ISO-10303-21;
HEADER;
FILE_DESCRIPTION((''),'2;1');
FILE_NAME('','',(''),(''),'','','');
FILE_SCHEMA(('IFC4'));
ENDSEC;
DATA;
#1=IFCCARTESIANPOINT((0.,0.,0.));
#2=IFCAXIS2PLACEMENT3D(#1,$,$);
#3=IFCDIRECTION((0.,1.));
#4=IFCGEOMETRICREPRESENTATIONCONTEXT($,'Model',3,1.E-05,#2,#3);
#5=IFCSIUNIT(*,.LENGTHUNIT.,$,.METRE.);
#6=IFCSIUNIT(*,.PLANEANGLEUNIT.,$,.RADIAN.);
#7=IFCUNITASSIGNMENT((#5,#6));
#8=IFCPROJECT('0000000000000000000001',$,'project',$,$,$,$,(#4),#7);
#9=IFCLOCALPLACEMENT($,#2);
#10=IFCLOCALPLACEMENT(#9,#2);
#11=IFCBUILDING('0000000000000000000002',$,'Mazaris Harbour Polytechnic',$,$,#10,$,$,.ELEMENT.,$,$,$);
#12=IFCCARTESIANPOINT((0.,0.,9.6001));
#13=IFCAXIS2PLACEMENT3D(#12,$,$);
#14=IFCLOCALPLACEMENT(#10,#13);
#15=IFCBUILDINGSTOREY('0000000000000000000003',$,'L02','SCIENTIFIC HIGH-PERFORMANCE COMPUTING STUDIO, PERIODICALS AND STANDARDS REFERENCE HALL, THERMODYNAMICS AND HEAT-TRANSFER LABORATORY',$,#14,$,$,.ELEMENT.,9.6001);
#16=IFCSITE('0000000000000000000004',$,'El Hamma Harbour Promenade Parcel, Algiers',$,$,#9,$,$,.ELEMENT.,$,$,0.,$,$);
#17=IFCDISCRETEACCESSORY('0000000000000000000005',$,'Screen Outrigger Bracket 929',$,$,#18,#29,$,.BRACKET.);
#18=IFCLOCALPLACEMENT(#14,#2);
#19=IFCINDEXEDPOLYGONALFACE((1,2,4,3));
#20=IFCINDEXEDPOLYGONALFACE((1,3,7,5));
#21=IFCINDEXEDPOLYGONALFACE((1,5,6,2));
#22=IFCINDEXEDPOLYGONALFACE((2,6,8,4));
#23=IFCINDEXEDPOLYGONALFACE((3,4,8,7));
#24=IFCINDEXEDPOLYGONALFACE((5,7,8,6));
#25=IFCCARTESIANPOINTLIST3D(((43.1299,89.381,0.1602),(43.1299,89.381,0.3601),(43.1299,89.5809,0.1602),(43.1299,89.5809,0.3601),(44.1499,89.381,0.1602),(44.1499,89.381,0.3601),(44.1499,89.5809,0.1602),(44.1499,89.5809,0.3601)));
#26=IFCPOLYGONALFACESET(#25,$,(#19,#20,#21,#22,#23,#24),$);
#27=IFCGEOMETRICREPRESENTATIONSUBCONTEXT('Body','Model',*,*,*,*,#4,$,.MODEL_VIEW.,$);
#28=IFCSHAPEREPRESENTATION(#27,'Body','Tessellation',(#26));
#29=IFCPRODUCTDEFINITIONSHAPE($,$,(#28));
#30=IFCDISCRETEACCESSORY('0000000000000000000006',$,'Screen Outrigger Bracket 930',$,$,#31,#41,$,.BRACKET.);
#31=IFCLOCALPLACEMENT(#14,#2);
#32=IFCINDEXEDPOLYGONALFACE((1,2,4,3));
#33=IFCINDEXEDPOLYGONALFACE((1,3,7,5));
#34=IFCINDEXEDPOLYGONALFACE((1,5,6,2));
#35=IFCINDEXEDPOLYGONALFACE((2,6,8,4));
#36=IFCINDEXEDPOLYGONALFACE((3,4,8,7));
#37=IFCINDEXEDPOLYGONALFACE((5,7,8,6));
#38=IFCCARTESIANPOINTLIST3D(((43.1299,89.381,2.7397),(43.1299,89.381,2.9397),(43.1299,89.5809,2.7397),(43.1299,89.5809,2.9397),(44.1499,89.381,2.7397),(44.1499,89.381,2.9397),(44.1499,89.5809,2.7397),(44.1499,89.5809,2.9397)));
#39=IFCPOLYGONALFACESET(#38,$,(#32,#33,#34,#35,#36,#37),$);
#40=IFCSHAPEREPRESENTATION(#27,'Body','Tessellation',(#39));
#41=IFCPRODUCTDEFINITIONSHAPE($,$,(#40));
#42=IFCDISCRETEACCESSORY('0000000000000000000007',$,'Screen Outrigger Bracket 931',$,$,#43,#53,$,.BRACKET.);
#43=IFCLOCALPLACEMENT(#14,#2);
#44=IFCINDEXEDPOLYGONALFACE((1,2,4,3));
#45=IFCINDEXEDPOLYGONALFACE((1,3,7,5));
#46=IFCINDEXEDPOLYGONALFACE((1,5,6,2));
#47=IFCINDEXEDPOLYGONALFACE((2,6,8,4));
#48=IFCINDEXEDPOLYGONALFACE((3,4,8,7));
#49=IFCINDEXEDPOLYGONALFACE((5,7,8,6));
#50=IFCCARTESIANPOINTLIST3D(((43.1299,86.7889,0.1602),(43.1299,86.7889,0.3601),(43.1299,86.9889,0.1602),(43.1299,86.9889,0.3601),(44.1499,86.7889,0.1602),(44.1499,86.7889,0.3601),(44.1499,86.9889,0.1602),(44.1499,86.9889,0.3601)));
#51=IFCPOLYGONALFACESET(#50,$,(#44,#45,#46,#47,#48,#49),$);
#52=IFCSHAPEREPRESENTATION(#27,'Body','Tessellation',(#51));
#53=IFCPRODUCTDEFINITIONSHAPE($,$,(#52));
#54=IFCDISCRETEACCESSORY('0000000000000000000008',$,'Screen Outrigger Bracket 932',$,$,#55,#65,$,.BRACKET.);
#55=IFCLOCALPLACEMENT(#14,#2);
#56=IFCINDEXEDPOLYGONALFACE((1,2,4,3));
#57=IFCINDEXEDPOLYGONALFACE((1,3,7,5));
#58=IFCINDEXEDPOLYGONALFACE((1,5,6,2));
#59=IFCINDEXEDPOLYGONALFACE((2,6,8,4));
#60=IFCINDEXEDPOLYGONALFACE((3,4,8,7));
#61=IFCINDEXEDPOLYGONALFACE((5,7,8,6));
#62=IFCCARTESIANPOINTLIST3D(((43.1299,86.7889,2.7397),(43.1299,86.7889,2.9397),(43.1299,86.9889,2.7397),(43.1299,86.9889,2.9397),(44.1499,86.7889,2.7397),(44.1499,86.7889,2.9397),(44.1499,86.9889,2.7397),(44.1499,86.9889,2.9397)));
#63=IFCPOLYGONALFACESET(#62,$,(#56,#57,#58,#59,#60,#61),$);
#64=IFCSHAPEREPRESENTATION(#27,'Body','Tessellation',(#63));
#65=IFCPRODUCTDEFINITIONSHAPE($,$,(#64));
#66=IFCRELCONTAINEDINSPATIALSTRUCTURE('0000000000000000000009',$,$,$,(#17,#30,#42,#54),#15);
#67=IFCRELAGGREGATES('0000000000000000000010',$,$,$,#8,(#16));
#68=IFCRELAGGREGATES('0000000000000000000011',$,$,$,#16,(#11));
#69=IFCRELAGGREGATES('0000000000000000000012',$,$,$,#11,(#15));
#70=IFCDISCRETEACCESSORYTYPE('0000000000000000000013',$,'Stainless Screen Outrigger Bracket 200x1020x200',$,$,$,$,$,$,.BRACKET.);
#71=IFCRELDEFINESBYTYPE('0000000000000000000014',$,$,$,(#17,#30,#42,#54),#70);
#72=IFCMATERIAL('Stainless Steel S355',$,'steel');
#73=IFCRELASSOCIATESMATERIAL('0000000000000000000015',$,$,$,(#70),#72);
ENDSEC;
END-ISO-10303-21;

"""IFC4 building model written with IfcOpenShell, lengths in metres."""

from ifc_helpers import new_model, si_unit, direction, frame, origin, origin_2d, place, context, subcontext, project, spatial, rectangle, extrude, material, type_object, element, save


model = new_model("IFC4")

# Units and contexts
model_context = context("Model", 3, precision=1e-05, world=origin(), true_north=direction((0.0, 1.0)))
body_context = subcontext(model_context, "Body", "Model", "MODEL_VIEW")
ifc_project = project(units=[si_unit("LENGTHUNIT", "METRE"), si_unit("PLANEANGLEUNIT", "RADIAN")], contexts=[model_context])

# Site, building, storey
site_placement = place(None, origin())
site = spatial("IfcSite", under=ifc_project, at=site_placement, Name="El Hamma Harbour Promenade Parcel, Algiers", CompositionType="ELEMENT", RefElevation=0.0)
building_placement = place(site_placement, origin())
building = spatial("IfcBuilding", under=site, at=building_placement, Name="Mazaris Harbour Polytechnic", CompositionType="ELEMENT")
storey_placement = place(building_placement, frame((0.0, 0.0, 9.6001)))
storey = spatial("IfcBuildingStorey", under=building, at=storey_placement, Name="L02", Description="SCIENTIFIC HIGH-PERFORMANCE COMPUTING STUDIO, PERIODICALS AND STANDARDS REFERENCE HALL, THERMODYNAMICS AND HEAT-TRANSFER LABORATORY", CompositionType="ELEMENT", Elevation=9.6001)

# Discrete accessories
ifc_material_1 = material(Name="Stainless Steel S355", Category="steel")
discrete_accessory_type = type_object("IfcDiscreteAccessoryType", Name="Stainless Screen Outrigger Bracket 200x1020x200", PredefinedType="BRACKET", material=ifc_material_1)
for number, where, z_axis, x_axis, name in (
    (1, (43.6399, 89.481, 0.1602), (0.0, 0.0, 1.0), (0.0, -1.0, 0.0), "Screen Outrigger Bracket 929"),
    (2, (43.6399, 89.481, 2.7397), (0.0, 0.0, 1.0), (0.0, -1.0, 0.0), "Screen Outrigger Bracket 930"),
    (3, (43.6399, 86.8889, 0.1602), (0.0, 0.0, 1.0), (0.0, -1.0, 0.0), "Screen Outrigger Bracket 931"),
    (4, (43.6399, 86.8889, 2.7397), (0.0, 0.0, 1.0), (0.0, -1.0, 0.0), "Screen Outrigger Bracket 932"),
):
    element("IfcDiscreteAccessory", number, at=place(storey_placement, frame(where, z_axis=z_axis, x_axis=x_axis)), inside=storey, type_object=discrete_accessory_type, Name=name, PredefinedType="BRACKET", context=body_context, shape_type="SweptSolid", body=[
        extrude(rectangle(XDim=0.2, YDim=1.02, at=origin_2d()), origin(), (0.0, 0.0, 1.0), 0.2),
    ])

save(model, "model.ifc")
